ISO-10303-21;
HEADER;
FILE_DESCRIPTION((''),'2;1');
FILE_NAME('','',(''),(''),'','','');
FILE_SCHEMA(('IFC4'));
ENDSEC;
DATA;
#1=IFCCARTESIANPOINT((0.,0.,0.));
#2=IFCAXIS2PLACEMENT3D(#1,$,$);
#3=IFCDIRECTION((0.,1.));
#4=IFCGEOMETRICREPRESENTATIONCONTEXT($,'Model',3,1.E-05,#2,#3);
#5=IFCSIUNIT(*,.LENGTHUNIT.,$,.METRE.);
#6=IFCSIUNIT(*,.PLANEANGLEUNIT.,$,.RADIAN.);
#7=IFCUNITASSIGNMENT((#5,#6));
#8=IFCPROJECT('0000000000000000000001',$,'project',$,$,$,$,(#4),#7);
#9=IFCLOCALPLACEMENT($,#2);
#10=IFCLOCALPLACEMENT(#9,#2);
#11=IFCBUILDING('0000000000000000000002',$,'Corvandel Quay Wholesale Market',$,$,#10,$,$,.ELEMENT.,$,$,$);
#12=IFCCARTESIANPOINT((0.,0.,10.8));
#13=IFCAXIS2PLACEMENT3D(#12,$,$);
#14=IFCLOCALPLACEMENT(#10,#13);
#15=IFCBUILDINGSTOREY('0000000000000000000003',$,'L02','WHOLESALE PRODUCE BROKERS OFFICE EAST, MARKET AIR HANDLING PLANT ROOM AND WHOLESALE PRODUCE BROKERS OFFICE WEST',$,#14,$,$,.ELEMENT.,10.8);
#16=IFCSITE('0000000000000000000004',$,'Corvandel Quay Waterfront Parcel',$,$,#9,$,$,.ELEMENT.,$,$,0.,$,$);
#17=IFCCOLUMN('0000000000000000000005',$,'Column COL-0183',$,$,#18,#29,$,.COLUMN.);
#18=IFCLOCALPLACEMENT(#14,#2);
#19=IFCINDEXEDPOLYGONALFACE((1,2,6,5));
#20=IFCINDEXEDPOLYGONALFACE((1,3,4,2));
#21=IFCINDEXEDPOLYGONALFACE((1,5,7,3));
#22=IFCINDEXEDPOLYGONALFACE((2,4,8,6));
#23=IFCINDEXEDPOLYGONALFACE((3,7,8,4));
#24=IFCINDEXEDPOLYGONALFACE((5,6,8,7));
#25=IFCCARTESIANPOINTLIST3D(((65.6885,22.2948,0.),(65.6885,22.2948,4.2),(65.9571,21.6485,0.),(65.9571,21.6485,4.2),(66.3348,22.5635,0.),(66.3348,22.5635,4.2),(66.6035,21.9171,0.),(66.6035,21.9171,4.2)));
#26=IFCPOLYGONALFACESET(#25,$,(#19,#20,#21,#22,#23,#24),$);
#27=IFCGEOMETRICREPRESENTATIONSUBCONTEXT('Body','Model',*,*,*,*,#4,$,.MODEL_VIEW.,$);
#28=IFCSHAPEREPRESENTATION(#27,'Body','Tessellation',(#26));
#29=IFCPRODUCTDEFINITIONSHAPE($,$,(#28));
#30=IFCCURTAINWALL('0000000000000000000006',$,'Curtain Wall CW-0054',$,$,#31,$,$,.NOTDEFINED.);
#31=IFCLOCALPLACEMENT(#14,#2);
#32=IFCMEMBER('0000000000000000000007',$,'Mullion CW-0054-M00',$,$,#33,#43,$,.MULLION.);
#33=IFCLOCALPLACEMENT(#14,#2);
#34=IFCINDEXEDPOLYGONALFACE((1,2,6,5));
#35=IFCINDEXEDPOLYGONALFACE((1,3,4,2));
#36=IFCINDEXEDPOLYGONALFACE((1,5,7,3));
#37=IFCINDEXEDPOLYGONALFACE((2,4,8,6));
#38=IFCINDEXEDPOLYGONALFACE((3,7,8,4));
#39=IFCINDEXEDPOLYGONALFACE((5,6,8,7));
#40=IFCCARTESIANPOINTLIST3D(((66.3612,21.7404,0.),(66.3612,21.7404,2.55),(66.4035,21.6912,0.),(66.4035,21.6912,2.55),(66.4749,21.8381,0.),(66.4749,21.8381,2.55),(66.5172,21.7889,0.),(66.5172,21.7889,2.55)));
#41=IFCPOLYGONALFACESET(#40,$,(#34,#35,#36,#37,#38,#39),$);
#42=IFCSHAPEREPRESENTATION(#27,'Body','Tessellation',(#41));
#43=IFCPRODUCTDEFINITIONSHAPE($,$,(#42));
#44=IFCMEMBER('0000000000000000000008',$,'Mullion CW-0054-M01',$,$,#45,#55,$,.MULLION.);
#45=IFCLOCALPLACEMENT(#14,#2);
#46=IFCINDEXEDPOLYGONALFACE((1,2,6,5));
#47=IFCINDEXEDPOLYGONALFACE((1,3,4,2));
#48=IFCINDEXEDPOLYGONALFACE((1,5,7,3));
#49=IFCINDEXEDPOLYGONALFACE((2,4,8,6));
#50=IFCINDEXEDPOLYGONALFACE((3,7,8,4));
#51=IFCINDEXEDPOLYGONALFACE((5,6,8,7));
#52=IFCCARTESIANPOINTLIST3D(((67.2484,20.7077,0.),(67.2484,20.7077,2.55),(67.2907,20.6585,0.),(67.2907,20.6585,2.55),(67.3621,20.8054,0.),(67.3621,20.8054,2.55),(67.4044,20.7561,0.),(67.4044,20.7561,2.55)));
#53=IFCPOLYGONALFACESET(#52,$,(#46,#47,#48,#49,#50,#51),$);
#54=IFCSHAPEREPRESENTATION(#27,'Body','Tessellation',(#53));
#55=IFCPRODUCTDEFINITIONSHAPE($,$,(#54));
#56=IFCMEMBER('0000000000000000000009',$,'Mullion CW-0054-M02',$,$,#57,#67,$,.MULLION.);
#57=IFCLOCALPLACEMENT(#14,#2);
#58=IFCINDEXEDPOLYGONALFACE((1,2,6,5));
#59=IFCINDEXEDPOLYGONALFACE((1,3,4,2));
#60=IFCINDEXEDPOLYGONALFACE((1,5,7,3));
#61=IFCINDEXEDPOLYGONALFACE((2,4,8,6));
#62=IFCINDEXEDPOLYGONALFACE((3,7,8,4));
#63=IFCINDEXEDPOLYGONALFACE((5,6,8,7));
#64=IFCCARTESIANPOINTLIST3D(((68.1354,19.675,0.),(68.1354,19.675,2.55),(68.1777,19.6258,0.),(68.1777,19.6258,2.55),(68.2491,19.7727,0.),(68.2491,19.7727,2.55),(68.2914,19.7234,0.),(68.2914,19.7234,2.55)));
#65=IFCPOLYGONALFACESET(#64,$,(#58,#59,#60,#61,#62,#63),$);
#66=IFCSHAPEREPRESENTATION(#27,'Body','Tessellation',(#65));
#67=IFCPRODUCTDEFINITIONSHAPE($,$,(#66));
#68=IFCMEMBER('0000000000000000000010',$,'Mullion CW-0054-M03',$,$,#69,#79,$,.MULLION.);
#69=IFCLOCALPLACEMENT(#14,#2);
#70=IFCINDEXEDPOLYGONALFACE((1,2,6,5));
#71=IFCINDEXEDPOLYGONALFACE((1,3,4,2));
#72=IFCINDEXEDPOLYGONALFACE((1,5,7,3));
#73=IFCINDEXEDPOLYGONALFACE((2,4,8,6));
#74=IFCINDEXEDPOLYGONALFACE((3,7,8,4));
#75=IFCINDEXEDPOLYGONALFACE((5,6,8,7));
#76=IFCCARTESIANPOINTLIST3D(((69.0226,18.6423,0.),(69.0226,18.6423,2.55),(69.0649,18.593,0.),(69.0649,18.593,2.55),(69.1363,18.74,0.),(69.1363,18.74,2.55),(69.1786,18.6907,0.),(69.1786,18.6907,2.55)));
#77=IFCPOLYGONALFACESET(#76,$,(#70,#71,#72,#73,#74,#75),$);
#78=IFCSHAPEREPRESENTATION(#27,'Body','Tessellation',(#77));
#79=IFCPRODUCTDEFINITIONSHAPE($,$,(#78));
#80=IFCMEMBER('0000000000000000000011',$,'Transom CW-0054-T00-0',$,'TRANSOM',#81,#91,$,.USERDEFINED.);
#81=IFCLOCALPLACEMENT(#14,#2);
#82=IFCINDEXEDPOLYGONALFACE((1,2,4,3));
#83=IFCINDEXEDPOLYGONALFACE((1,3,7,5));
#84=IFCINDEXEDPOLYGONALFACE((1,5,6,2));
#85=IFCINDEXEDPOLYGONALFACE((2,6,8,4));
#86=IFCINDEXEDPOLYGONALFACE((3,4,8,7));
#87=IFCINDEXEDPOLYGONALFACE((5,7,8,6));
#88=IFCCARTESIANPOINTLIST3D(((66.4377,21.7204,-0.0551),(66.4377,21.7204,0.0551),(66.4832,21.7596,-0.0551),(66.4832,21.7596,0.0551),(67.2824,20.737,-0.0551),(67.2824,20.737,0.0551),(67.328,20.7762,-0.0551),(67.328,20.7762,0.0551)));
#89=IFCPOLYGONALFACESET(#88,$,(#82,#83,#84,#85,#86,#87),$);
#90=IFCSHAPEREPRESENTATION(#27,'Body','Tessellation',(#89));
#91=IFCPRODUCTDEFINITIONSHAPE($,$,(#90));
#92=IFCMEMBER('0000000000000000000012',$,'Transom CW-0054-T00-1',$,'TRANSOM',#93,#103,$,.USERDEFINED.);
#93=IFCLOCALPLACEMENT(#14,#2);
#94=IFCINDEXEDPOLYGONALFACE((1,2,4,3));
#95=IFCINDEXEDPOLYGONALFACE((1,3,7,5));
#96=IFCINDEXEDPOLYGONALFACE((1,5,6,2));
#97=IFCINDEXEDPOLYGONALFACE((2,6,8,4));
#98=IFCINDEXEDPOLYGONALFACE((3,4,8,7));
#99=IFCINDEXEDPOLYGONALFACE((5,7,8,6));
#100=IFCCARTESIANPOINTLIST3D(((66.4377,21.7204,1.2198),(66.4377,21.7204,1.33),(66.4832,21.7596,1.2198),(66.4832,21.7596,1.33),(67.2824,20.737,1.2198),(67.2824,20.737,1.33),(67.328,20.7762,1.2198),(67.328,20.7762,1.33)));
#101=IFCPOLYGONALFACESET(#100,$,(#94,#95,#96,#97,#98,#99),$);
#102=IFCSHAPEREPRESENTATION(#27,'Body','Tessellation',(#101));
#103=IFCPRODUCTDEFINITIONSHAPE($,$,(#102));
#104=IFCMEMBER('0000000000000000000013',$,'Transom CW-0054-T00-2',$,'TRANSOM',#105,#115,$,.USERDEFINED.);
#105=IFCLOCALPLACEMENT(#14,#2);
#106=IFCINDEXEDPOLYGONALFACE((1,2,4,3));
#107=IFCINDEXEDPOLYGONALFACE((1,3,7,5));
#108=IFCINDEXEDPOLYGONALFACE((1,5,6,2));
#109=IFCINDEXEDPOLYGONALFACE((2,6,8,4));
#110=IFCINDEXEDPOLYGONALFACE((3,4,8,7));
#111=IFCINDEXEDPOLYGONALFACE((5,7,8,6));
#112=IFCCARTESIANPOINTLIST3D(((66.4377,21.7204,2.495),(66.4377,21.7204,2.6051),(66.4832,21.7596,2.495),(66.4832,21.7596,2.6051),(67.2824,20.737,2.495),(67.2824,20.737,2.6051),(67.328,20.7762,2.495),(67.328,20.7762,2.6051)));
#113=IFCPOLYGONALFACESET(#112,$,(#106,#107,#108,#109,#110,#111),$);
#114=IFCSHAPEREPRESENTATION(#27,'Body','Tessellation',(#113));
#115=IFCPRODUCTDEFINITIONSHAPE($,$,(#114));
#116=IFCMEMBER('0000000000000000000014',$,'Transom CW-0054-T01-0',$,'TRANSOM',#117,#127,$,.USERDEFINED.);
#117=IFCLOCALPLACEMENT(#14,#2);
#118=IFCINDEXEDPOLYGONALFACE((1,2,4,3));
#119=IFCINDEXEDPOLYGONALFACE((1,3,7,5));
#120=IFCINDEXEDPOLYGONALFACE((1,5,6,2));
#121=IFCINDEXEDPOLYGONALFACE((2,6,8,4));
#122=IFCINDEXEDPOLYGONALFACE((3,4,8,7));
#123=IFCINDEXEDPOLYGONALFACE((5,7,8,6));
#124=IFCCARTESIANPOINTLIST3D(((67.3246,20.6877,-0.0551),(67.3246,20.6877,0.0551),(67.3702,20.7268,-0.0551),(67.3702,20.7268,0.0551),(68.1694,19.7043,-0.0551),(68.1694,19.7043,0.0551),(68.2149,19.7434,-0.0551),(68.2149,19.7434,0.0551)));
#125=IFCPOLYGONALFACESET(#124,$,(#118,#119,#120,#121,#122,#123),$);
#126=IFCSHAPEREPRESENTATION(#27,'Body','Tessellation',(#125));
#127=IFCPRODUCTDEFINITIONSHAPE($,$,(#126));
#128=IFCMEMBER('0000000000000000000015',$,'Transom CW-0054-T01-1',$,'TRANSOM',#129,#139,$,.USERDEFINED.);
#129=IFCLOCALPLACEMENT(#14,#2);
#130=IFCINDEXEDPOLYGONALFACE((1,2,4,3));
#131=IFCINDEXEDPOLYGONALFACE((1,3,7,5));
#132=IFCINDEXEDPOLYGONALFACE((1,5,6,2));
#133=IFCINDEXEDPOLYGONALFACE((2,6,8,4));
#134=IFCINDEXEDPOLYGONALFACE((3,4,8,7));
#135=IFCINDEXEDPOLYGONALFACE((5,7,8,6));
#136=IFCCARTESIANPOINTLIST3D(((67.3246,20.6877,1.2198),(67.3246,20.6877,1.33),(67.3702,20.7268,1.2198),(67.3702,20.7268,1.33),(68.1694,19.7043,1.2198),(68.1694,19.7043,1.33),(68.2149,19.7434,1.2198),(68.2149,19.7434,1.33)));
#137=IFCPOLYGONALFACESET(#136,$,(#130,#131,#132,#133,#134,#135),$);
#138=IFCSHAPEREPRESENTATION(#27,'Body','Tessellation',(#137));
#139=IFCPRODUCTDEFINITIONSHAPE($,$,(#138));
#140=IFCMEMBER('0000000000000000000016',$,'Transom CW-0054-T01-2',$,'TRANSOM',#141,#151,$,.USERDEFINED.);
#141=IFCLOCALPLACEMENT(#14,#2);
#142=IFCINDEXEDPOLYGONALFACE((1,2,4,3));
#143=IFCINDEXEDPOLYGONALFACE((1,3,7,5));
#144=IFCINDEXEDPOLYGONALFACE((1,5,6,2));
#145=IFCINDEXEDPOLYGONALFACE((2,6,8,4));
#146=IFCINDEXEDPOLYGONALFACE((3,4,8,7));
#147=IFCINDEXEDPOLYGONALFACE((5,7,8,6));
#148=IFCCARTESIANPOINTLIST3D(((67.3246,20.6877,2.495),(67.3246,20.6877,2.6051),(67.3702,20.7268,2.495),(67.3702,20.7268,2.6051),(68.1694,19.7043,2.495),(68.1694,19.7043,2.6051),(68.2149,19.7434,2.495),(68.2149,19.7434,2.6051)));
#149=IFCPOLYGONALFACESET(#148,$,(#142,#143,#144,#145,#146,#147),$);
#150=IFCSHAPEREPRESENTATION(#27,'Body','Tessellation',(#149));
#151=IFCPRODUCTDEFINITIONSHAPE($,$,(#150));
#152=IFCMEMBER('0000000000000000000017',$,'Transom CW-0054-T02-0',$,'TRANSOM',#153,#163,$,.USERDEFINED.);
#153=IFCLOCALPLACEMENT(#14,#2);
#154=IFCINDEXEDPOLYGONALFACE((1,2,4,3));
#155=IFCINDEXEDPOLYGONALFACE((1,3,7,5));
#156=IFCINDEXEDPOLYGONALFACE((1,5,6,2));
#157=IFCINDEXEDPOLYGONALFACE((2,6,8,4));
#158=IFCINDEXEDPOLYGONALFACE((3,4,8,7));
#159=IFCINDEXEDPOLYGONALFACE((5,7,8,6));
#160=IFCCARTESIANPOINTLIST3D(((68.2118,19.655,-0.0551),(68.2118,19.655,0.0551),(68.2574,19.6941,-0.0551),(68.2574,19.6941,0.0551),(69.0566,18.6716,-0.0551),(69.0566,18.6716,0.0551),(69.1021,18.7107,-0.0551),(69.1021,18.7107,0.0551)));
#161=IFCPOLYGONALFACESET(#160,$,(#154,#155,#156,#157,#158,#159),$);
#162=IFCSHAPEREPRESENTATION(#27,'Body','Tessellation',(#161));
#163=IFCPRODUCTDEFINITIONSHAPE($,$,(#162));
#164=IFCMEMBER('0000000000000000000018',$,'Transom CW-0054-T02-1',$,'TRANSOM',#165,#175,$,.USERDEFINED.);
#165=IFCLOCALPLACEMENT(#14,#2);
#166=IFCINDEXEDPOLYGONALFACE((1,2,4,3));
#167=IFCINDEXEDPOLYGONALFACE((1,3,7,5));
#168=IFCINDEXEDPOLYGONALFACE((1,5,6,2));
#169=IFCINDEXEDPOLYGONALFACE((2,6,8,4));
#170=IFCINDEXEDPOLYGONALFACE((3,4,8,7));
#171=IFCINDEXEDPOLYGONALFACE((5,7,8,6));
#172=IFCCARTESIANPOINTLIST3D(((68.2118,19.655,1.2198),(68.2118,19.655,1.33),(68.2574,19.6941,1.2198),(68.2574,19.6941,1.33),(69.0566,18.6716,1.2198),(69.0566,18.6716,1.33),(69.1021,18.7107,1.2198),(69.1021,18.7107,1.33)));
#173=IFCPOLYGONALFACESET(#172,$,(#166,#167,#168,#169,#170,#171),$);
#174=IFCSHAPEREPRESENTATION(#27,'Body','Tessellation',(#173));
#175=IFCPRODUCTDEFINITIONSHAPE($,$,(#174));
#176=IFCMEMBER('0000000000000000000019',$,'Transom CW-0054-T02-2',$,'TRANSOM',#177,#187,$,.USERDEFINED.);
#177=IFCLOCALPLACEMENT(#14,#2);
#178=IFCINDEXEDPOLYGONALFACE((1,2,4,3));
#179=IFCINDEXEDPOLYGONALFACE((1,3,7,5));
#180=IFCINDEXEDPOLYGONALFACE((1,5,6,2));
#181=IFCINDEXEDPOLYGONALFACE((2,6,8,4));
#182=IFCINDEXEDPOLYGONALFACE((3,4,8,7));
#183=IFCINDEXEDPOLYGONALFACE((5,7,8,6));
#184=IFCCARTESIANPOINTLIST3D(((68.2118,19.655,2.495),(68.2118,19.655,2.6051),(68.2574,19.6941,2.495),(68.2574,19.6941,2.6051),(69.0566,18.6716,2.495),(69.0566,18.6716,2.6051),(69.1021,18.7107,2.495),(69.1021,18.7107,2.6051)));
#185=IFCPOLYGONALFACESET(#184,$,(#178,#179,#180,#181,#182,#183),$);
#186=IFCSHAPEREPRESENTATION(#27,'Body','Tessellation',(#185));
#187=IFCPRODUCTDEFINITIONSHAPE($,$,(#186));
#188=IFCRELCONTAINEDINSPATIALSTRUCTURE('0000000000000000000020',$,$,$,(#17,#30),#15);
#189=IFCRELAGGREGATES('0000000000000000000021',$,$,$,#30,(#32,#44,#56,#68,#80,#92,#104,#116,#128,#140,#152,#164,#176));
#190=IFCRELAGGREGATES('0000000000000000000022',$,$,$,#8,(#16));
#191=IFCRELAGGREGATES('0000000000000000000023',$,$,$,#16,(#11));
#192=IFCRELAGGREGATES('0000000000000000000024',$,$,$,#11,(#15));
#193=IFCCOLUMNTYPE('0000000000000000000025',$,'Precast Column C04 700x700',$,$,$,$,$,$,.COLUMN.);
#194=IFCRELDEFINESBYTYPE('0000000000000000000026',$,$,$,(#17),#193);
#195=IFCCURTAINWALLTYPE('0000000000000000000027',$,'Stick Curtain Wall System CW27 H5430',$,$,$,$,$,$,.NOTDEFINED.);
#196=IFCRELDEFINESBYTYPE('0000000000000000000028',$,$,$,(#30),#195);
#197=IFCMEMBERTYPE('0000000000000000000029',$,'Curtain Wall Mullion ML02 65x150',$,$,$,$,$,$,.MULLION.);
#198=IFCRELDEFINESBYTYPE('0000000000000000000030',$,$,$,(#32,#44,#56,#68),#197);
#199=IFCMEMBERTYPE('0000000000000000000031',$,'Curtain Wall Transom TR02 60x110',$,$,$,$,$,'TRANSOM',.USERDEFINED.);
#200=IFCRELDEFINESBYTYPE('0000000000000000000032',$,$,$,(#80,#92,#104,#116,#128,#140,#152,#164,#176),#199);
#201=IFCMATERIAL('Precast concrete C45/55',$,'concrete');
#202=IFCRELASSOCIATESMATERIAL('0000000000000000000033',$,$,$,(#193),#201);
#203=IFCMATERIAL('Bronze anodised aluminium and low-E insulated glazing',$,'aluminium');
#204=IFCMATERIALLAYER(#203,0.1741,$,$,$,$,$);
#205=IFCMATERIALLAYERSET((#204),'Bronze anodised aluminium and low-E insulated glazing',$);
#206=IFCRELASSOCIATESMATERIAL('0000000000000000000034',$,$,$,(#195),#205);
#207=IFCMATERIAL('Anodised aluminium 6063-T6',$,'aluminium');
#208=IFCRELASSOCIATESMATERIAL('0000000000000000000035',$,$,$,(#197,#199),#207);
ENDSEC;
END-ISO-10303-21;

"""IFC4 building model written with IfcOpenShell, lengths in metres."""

from ifc_helpers import new_model, si_unit, direction, frame, origin, origin_2d, place, context, subcontext, project, spatial, rectangle, extrude, material, layer, layer_set, material_profile, profile_set, type_object, element, aggregate, save


model = new_model("IFC4")

# Units and contexts
model_context = context("Model", 3, precision=1e-05, world=origin(), true_north=direction((0.0, 1.0)))
body_context = subcontext(model_context, "Body", "Model", "MODEL_VIEW")
ifc_project = project(units=[si_unit("LENGTHUNIT", "METRE"), si_unit("PLANEANGLEUNIT", "RADIAN")], contexts=[model_context])

# Site, building, storey
site_placement = place(None, origin())
site = spatial("IfcSite", under=ifc_project, at=site_placement, Name="Corvandel Quay Waterfront Parcel", CompositionType="ELEMENT", RefElevation=0.0)
building_placement = place(site_placement, origin())
building = spatial("IfcBuilding", under=site, at=building_placement, Name="Corvandel Quay Wholesale Market", CompositionType="ELEMENT")
storey_placement = place(building_placement, frame((0.0, 0.0, 10.8)))
storey = spatial("IfcBuildingStorey", under=building, at=storey_placement, Name="L02", Description="WHOLESALE PRODUCE BROKERS OFFICE EAST, MARKET AIR HANDLING PLANT ROOM AND WHOLESALE PRODUCE BROKERS OFFICE WEST", CompositionType="ELEMENT", Elevation=10.8)

# Column
ifc_material_1 = material(Name="Precast concrete C45/55", Category="concrete")
ifc_material_profile_1 = material_profile(ifc_material_1, rectangle(XDim=0.7, YDim=0.7, at=origin_2d()), Name="PC-COL-700x700")
ifc_profile_set_1 = profile_set([ifc_material_profile_1], Name="Precast concrete C45/55")
column_type = type_object("IfcColumnType", Name="Precast Column C04 700x700", PredefinedType="COLUMN", material=ifc_profile_set_1)
column_placement = place(storey_placement, frame((66.146, 22.106, 0.0), z_axis=(0.0, 0.0, 1.0), x_axis=(-0.383812, 0.923411, 0.0)))
element("IfcColumn", 1, at=column_placement, inside=storey, type_object=column_type, Name="Column COL-0183", PredefinedType="COLUMN", context=body_context, shape_type="SweptSolid", body=[
    extrude(rectangle(XDim=0.7, YDim=0.7, at=origin_2d()), origin(), (0.0, 0.0, 1.0), 4.2),
])

# Curtain wall, members
ifc_material_2 = material(Name="Bronze anodised aluminium and low-E insulated glazing", Category="aluminium")
ifc_layer_1 = layer(ifc_material_2, 0.1741)
ifc_layer_set_1 = layer_set([ifc_layer_1], Name="Bronze anodised aluminium and low-E insulated glazing")
curtain_wall_type = type_object("IfcCurtainWallType", Name="Stick Curtain Wall System CW27 H5430", PredefinedType="NOTDEFINED", material=ifc_layer_set_1)
curtain_wall_placement = place(storey_placement, origin())
curtain_wall = element("IfcCurtainWall", 2, at=curtain_wall_placement, inside=storey, type_object=curtain_wall_type, Name="Curtain Wall CW-0054", PredefinedType="NOTDEFINED")
ifc_material_3 = material(Name="Anodised aluminium 6063-T6", Category="aluminium")
ifc_material_profile_2 = material_profile(ifc_material_3, rectangle(XDim=0.0649, YDim=0.1499, at=origin_2d()), Name="ALU-MUL-65x150")
ifc_profile_set_2 = profile_set([ifc_material_profile_2], Name="Anodised aluminium 6063-T6")
member_type_1 = type_object("IfcMemberType", Name="Curtain Wall Mullion ML02 65x150", PredefinedType="MULLION", material=ifc_profile_set_2)
member_1_placement = place(storey_placement, frame((66.4392, 21.7646, 0.0), z_axis=(0.0, 0.0, 1.0), x_axis=(-0.651569, 0.758589, 0.0)))
member_1 = element("IfcMember", 3, at=member_1_placement, type_object=member_type_1, Name="Mullion CW-0054-M00", PredefinedType="MULLION", context=body_context, shape_type="SweptSolid", body=[
    extrude(rectangle(XDim=0.0649, YDim=0.1499, at=origin_2d()), origin(), (0.0, 0.0, 1.0), 2.55),
])
member_2_placement = place(storey_placement, frame((67.3264, 20.7319, 0.0), z_axis=(0.0, 0.0, 1.0), x_axis=(-0.651569, 0.758589, 0.0)))
member_2 = element("IfcMember", 4, at=member_2_placement, type_object=member_type_1, Name="Mullion CW-0054-M01", PredefinedType="MULLION", context=body_context, shape_type="SweptSolid", body=[
    extrude(rectangle(XDim=0.0649, YDim=0.1499, at=origin_2d()), origin(), (0.0, 0.0, 1.0), 2.55),
])
member_3_placement = place(storey_placement, frame((68.2134, 19.6992, 0.0), z_axis=(0.0, 0.0, 1.0), x_axis=(-0.651569, 0.758589, 0.0)))
member_3 = element("IfcMember", 5, at=member_3_placement, type_object=member_type_1, Name="Mullion CW-0054-M02", PredefinedType="MULLION", context=body_context, shape_type="SweptSolid", body=[
    extrude(rectangle(XDim=0.0649, YDim=0.1499, at=origin_2d()), origin(), (0.0, 0.0, 1.0), 2.55),
])
member_4_placement = place(storey_placement, frame((69.1006, 18.6665, 0.0), z_axis=(0.0, 0.0, 1.0), x_axis=(-0.651569, 0.758589, 0.0)))
member_4 = element("IfcMember", 6, at=member_4_placement, type_object=member_type_1, Name="Mullion CW-0054-M03", PredefinedType="MULLION", context=body_context, shape_type="SweptSolid", body=[
    extrude(rectangle(XDim=0.0649, YDim=0.1499, at=origin_2d()), origin(), (0.0, 0.0, 1.0), 2.55),
])
ifc_material_profile_3 = material_profile(ifc_material_3, rectangle(XDim=0.0601, YDim=0.1101, at=origin_2d()), Name="ALU-TRN-60x110")
ifc_profile_set_3 = profile_set([ifc_material_profile_3], Name="Anodised aluminium 6063-T6")
member_type_2 = type_object("IfcMemberType", Name="Curtain Wall Transom TR02 60x110", ElementType="TRANSOM", PredefinedType="USERDEFINED", material=ifc_profile_set_3)
member_5_placement = place(storey_placement, frame((66.4604, 21.74, 0.0), z_axis=(0.651597, -0.758565, 0.0), x_axis=(0.758565, 0.651597, 0.0)))
member_5 = element("IfcMember", 7, at=member_5_placement, type_object=member_type_2, Name="Transom CW-0054-T00-0", ObjectType="TRANSOM", PredefinedType="USERDEFINED", context=body_context, shape_type="SweptSolid", body=[
    extrude(rectangle(XDim=0.0601, YDim=0.1101, at=origin_2d()), origin(), (0.0, 0.0, 1.0), 1.2964),
])
member_6_placement = place(storey_placement, frame((66.4604, 21.74, 1.2749), z_axis=(0.651597, -0.758565, 0.0), x_axis=(0.758565, 0.651597, 0.0)))
member_6 = element("IfcMember", 8, at=member_6_placement, type_object=member_type_2, Name="Transom CW-0054-T00-1", ObjectType="TRANSOM", PredefinedType="USERDEFINED", context=body_context, shape_type="SweptSolid", body=[
    extrude(rectangle(XDim=0.0601, YDim=0.1101, at=origin_2d()), origin(), (0.0, 0.0, 1.0), 1.2964),
])
member_7_placement = place(storey_placement, frame((66.4604, 21.74, 2.55), z_axis=(0.651597, -0.758565, 0.0), x_axis=(0.758565, 0.651597, 0.0)))
member_7 = element("IfcMember", 9, at=member_7_placement, type_object=member_type_2, Name="Transom CW-0054-T00-2", ObjectType="TRANSOM", PredefinedType="USERDEFINED", context=body_context, shape_type="SweptSolid", body=[
    extrude(rectangle(XDim=0.0601, YDim=0.1101, at=origin_2d()), origin(), (0.0, 0.0, 1.0), 1.2964),
])
member_8_placement = place(storey_placement, frame((67.3474, 20.7073, 0.0), z_axis=(0.651597, -0.758565, 0.0), x_axis=(0.758565, 0.651597, 0.0)))
member_8 = element("IfcMember", 10, at=member_8_placement, type_object=member_type_2, Name="Transom CW-0054-T01-0", ObjectType="TRANSOM", PredefinedType="USERDEFINED", context=body_context, shape_type="SweptSolid", body=[
    extrude(rectangle(XDim=0.0601, YDim=0.1101, at=origin_2d()), origin(), (0.0, 0.0, 1.0), 1.2964),
])
member_9_placement = place(storey_placement, frame((67.3474, 20.7073, 1.2749), z_axis=(0.651597, -0.758565, 0.0), x_axis=(0.758565, 0.651597, 0.0)))
member_9 = element("IfcMember", 11, at=member_9_placement, type_object=member_type_2, Name="Transom CW-0054-T01-1", ObjectType="TRANSOM", PredefinedType="USERDEFINED", context=body_context, shape_type="SweptSolid", body=[
    extrude(rectangle(XDim=0.0601, YDim=0.1101, at=origin_2d()), origin(), (0.0, 0.0, 1.0), 1.2964),
])
member_10_placement = place(storey_placement, frame((67.3474, 20.7073, 2.55), z_axis=(0.651597, -0.758565, 0.0), x_axis=(0.758565, 0.651597, 0.0)))
member_10 = element("IfcMember", 12, at=member_10_placement, type_object=member_type_2, Name="Transom CW-0054-T01-2", ObjectType="TRANSOM", PredefinedType="USERDEFINED", context=body_context, shape_type="SweptSolid", body=[
    extrude(rectangle(XDim=0.0601, YDim=0.1101, at=origin_2d()), origin(), (0.0, 0.0, 1.0), 1.2964),
])
member_11_placement = place(storey_placement, frame((68.2346, 19.6746, 0.0), z_axis=(0.651597, -0.758565, 0.0), x_axis=(0.758565, 0.651597, 0.0)))
member_11 = element("IfcMember", 13, at=member_11_placement, type_object=member_type_2, Name="Transom CW-0054-T02-0", ObjectType="TRANSOM", PredefinedType="USERDEFINED", context=body_context, shape_type="SweptSolid", body=[
    extrude(rectangle(XDim=0.0601, YDim=0.1101, at=origin_2d()), origin(), (0.0, 0.0, 1.0), 1.2964),
])
member_12_placement = place(storey_placement, frame((68.2346, 19.6746, 1.2749), z_axis=(0.651597, -0.758565, 0.0), x_axis=(0.758565, 0.651597, 0.0)))
member_12 = element("IfcMember", 14, at=member_12_placement, type_object=member_type_2, Name="Transom CW-0054-T02-1", ObjectType="TRANSOM", PredefinedType="USERDEFINED", context=body_context, shape_type="SweptSolid", body=[
    extrude(rectangle(XDim=0.0601, YDim=0.1101, at=origin_2d()), origin(), (0.0, 0.0, 1.0), 1.2964),
])
member_13_placement = place(storey_placement, frame((68.2346, 19.6746, 2.55), z_axis=(0.651597, -0.758565, 0.0), x_axis=(0.758565, 0.651597, 0.0)))
member_13 = element("IfcMember", 15, at=member_13_placement, type_object=member_type_2, Name="Transom CW-0054-T02-2", ObjectType="TRANSOM", PredefinedType="USERDEFINED", context=body_context, shape_type="SweptSolid", body=[
    extrude(rectangle(XDim=0.0601, YDim=0.1101, at=origin_2d()), origin(), (0.0, 0.0, 1.0), 1.2964),
])

aggregate(curtain_wall, [member_1, member_2, member_3, member_4, member_5, member_6, member_7, member_8, member_9, member_10, member_11, member_12, member_13])

save(model, "model.ifc")
